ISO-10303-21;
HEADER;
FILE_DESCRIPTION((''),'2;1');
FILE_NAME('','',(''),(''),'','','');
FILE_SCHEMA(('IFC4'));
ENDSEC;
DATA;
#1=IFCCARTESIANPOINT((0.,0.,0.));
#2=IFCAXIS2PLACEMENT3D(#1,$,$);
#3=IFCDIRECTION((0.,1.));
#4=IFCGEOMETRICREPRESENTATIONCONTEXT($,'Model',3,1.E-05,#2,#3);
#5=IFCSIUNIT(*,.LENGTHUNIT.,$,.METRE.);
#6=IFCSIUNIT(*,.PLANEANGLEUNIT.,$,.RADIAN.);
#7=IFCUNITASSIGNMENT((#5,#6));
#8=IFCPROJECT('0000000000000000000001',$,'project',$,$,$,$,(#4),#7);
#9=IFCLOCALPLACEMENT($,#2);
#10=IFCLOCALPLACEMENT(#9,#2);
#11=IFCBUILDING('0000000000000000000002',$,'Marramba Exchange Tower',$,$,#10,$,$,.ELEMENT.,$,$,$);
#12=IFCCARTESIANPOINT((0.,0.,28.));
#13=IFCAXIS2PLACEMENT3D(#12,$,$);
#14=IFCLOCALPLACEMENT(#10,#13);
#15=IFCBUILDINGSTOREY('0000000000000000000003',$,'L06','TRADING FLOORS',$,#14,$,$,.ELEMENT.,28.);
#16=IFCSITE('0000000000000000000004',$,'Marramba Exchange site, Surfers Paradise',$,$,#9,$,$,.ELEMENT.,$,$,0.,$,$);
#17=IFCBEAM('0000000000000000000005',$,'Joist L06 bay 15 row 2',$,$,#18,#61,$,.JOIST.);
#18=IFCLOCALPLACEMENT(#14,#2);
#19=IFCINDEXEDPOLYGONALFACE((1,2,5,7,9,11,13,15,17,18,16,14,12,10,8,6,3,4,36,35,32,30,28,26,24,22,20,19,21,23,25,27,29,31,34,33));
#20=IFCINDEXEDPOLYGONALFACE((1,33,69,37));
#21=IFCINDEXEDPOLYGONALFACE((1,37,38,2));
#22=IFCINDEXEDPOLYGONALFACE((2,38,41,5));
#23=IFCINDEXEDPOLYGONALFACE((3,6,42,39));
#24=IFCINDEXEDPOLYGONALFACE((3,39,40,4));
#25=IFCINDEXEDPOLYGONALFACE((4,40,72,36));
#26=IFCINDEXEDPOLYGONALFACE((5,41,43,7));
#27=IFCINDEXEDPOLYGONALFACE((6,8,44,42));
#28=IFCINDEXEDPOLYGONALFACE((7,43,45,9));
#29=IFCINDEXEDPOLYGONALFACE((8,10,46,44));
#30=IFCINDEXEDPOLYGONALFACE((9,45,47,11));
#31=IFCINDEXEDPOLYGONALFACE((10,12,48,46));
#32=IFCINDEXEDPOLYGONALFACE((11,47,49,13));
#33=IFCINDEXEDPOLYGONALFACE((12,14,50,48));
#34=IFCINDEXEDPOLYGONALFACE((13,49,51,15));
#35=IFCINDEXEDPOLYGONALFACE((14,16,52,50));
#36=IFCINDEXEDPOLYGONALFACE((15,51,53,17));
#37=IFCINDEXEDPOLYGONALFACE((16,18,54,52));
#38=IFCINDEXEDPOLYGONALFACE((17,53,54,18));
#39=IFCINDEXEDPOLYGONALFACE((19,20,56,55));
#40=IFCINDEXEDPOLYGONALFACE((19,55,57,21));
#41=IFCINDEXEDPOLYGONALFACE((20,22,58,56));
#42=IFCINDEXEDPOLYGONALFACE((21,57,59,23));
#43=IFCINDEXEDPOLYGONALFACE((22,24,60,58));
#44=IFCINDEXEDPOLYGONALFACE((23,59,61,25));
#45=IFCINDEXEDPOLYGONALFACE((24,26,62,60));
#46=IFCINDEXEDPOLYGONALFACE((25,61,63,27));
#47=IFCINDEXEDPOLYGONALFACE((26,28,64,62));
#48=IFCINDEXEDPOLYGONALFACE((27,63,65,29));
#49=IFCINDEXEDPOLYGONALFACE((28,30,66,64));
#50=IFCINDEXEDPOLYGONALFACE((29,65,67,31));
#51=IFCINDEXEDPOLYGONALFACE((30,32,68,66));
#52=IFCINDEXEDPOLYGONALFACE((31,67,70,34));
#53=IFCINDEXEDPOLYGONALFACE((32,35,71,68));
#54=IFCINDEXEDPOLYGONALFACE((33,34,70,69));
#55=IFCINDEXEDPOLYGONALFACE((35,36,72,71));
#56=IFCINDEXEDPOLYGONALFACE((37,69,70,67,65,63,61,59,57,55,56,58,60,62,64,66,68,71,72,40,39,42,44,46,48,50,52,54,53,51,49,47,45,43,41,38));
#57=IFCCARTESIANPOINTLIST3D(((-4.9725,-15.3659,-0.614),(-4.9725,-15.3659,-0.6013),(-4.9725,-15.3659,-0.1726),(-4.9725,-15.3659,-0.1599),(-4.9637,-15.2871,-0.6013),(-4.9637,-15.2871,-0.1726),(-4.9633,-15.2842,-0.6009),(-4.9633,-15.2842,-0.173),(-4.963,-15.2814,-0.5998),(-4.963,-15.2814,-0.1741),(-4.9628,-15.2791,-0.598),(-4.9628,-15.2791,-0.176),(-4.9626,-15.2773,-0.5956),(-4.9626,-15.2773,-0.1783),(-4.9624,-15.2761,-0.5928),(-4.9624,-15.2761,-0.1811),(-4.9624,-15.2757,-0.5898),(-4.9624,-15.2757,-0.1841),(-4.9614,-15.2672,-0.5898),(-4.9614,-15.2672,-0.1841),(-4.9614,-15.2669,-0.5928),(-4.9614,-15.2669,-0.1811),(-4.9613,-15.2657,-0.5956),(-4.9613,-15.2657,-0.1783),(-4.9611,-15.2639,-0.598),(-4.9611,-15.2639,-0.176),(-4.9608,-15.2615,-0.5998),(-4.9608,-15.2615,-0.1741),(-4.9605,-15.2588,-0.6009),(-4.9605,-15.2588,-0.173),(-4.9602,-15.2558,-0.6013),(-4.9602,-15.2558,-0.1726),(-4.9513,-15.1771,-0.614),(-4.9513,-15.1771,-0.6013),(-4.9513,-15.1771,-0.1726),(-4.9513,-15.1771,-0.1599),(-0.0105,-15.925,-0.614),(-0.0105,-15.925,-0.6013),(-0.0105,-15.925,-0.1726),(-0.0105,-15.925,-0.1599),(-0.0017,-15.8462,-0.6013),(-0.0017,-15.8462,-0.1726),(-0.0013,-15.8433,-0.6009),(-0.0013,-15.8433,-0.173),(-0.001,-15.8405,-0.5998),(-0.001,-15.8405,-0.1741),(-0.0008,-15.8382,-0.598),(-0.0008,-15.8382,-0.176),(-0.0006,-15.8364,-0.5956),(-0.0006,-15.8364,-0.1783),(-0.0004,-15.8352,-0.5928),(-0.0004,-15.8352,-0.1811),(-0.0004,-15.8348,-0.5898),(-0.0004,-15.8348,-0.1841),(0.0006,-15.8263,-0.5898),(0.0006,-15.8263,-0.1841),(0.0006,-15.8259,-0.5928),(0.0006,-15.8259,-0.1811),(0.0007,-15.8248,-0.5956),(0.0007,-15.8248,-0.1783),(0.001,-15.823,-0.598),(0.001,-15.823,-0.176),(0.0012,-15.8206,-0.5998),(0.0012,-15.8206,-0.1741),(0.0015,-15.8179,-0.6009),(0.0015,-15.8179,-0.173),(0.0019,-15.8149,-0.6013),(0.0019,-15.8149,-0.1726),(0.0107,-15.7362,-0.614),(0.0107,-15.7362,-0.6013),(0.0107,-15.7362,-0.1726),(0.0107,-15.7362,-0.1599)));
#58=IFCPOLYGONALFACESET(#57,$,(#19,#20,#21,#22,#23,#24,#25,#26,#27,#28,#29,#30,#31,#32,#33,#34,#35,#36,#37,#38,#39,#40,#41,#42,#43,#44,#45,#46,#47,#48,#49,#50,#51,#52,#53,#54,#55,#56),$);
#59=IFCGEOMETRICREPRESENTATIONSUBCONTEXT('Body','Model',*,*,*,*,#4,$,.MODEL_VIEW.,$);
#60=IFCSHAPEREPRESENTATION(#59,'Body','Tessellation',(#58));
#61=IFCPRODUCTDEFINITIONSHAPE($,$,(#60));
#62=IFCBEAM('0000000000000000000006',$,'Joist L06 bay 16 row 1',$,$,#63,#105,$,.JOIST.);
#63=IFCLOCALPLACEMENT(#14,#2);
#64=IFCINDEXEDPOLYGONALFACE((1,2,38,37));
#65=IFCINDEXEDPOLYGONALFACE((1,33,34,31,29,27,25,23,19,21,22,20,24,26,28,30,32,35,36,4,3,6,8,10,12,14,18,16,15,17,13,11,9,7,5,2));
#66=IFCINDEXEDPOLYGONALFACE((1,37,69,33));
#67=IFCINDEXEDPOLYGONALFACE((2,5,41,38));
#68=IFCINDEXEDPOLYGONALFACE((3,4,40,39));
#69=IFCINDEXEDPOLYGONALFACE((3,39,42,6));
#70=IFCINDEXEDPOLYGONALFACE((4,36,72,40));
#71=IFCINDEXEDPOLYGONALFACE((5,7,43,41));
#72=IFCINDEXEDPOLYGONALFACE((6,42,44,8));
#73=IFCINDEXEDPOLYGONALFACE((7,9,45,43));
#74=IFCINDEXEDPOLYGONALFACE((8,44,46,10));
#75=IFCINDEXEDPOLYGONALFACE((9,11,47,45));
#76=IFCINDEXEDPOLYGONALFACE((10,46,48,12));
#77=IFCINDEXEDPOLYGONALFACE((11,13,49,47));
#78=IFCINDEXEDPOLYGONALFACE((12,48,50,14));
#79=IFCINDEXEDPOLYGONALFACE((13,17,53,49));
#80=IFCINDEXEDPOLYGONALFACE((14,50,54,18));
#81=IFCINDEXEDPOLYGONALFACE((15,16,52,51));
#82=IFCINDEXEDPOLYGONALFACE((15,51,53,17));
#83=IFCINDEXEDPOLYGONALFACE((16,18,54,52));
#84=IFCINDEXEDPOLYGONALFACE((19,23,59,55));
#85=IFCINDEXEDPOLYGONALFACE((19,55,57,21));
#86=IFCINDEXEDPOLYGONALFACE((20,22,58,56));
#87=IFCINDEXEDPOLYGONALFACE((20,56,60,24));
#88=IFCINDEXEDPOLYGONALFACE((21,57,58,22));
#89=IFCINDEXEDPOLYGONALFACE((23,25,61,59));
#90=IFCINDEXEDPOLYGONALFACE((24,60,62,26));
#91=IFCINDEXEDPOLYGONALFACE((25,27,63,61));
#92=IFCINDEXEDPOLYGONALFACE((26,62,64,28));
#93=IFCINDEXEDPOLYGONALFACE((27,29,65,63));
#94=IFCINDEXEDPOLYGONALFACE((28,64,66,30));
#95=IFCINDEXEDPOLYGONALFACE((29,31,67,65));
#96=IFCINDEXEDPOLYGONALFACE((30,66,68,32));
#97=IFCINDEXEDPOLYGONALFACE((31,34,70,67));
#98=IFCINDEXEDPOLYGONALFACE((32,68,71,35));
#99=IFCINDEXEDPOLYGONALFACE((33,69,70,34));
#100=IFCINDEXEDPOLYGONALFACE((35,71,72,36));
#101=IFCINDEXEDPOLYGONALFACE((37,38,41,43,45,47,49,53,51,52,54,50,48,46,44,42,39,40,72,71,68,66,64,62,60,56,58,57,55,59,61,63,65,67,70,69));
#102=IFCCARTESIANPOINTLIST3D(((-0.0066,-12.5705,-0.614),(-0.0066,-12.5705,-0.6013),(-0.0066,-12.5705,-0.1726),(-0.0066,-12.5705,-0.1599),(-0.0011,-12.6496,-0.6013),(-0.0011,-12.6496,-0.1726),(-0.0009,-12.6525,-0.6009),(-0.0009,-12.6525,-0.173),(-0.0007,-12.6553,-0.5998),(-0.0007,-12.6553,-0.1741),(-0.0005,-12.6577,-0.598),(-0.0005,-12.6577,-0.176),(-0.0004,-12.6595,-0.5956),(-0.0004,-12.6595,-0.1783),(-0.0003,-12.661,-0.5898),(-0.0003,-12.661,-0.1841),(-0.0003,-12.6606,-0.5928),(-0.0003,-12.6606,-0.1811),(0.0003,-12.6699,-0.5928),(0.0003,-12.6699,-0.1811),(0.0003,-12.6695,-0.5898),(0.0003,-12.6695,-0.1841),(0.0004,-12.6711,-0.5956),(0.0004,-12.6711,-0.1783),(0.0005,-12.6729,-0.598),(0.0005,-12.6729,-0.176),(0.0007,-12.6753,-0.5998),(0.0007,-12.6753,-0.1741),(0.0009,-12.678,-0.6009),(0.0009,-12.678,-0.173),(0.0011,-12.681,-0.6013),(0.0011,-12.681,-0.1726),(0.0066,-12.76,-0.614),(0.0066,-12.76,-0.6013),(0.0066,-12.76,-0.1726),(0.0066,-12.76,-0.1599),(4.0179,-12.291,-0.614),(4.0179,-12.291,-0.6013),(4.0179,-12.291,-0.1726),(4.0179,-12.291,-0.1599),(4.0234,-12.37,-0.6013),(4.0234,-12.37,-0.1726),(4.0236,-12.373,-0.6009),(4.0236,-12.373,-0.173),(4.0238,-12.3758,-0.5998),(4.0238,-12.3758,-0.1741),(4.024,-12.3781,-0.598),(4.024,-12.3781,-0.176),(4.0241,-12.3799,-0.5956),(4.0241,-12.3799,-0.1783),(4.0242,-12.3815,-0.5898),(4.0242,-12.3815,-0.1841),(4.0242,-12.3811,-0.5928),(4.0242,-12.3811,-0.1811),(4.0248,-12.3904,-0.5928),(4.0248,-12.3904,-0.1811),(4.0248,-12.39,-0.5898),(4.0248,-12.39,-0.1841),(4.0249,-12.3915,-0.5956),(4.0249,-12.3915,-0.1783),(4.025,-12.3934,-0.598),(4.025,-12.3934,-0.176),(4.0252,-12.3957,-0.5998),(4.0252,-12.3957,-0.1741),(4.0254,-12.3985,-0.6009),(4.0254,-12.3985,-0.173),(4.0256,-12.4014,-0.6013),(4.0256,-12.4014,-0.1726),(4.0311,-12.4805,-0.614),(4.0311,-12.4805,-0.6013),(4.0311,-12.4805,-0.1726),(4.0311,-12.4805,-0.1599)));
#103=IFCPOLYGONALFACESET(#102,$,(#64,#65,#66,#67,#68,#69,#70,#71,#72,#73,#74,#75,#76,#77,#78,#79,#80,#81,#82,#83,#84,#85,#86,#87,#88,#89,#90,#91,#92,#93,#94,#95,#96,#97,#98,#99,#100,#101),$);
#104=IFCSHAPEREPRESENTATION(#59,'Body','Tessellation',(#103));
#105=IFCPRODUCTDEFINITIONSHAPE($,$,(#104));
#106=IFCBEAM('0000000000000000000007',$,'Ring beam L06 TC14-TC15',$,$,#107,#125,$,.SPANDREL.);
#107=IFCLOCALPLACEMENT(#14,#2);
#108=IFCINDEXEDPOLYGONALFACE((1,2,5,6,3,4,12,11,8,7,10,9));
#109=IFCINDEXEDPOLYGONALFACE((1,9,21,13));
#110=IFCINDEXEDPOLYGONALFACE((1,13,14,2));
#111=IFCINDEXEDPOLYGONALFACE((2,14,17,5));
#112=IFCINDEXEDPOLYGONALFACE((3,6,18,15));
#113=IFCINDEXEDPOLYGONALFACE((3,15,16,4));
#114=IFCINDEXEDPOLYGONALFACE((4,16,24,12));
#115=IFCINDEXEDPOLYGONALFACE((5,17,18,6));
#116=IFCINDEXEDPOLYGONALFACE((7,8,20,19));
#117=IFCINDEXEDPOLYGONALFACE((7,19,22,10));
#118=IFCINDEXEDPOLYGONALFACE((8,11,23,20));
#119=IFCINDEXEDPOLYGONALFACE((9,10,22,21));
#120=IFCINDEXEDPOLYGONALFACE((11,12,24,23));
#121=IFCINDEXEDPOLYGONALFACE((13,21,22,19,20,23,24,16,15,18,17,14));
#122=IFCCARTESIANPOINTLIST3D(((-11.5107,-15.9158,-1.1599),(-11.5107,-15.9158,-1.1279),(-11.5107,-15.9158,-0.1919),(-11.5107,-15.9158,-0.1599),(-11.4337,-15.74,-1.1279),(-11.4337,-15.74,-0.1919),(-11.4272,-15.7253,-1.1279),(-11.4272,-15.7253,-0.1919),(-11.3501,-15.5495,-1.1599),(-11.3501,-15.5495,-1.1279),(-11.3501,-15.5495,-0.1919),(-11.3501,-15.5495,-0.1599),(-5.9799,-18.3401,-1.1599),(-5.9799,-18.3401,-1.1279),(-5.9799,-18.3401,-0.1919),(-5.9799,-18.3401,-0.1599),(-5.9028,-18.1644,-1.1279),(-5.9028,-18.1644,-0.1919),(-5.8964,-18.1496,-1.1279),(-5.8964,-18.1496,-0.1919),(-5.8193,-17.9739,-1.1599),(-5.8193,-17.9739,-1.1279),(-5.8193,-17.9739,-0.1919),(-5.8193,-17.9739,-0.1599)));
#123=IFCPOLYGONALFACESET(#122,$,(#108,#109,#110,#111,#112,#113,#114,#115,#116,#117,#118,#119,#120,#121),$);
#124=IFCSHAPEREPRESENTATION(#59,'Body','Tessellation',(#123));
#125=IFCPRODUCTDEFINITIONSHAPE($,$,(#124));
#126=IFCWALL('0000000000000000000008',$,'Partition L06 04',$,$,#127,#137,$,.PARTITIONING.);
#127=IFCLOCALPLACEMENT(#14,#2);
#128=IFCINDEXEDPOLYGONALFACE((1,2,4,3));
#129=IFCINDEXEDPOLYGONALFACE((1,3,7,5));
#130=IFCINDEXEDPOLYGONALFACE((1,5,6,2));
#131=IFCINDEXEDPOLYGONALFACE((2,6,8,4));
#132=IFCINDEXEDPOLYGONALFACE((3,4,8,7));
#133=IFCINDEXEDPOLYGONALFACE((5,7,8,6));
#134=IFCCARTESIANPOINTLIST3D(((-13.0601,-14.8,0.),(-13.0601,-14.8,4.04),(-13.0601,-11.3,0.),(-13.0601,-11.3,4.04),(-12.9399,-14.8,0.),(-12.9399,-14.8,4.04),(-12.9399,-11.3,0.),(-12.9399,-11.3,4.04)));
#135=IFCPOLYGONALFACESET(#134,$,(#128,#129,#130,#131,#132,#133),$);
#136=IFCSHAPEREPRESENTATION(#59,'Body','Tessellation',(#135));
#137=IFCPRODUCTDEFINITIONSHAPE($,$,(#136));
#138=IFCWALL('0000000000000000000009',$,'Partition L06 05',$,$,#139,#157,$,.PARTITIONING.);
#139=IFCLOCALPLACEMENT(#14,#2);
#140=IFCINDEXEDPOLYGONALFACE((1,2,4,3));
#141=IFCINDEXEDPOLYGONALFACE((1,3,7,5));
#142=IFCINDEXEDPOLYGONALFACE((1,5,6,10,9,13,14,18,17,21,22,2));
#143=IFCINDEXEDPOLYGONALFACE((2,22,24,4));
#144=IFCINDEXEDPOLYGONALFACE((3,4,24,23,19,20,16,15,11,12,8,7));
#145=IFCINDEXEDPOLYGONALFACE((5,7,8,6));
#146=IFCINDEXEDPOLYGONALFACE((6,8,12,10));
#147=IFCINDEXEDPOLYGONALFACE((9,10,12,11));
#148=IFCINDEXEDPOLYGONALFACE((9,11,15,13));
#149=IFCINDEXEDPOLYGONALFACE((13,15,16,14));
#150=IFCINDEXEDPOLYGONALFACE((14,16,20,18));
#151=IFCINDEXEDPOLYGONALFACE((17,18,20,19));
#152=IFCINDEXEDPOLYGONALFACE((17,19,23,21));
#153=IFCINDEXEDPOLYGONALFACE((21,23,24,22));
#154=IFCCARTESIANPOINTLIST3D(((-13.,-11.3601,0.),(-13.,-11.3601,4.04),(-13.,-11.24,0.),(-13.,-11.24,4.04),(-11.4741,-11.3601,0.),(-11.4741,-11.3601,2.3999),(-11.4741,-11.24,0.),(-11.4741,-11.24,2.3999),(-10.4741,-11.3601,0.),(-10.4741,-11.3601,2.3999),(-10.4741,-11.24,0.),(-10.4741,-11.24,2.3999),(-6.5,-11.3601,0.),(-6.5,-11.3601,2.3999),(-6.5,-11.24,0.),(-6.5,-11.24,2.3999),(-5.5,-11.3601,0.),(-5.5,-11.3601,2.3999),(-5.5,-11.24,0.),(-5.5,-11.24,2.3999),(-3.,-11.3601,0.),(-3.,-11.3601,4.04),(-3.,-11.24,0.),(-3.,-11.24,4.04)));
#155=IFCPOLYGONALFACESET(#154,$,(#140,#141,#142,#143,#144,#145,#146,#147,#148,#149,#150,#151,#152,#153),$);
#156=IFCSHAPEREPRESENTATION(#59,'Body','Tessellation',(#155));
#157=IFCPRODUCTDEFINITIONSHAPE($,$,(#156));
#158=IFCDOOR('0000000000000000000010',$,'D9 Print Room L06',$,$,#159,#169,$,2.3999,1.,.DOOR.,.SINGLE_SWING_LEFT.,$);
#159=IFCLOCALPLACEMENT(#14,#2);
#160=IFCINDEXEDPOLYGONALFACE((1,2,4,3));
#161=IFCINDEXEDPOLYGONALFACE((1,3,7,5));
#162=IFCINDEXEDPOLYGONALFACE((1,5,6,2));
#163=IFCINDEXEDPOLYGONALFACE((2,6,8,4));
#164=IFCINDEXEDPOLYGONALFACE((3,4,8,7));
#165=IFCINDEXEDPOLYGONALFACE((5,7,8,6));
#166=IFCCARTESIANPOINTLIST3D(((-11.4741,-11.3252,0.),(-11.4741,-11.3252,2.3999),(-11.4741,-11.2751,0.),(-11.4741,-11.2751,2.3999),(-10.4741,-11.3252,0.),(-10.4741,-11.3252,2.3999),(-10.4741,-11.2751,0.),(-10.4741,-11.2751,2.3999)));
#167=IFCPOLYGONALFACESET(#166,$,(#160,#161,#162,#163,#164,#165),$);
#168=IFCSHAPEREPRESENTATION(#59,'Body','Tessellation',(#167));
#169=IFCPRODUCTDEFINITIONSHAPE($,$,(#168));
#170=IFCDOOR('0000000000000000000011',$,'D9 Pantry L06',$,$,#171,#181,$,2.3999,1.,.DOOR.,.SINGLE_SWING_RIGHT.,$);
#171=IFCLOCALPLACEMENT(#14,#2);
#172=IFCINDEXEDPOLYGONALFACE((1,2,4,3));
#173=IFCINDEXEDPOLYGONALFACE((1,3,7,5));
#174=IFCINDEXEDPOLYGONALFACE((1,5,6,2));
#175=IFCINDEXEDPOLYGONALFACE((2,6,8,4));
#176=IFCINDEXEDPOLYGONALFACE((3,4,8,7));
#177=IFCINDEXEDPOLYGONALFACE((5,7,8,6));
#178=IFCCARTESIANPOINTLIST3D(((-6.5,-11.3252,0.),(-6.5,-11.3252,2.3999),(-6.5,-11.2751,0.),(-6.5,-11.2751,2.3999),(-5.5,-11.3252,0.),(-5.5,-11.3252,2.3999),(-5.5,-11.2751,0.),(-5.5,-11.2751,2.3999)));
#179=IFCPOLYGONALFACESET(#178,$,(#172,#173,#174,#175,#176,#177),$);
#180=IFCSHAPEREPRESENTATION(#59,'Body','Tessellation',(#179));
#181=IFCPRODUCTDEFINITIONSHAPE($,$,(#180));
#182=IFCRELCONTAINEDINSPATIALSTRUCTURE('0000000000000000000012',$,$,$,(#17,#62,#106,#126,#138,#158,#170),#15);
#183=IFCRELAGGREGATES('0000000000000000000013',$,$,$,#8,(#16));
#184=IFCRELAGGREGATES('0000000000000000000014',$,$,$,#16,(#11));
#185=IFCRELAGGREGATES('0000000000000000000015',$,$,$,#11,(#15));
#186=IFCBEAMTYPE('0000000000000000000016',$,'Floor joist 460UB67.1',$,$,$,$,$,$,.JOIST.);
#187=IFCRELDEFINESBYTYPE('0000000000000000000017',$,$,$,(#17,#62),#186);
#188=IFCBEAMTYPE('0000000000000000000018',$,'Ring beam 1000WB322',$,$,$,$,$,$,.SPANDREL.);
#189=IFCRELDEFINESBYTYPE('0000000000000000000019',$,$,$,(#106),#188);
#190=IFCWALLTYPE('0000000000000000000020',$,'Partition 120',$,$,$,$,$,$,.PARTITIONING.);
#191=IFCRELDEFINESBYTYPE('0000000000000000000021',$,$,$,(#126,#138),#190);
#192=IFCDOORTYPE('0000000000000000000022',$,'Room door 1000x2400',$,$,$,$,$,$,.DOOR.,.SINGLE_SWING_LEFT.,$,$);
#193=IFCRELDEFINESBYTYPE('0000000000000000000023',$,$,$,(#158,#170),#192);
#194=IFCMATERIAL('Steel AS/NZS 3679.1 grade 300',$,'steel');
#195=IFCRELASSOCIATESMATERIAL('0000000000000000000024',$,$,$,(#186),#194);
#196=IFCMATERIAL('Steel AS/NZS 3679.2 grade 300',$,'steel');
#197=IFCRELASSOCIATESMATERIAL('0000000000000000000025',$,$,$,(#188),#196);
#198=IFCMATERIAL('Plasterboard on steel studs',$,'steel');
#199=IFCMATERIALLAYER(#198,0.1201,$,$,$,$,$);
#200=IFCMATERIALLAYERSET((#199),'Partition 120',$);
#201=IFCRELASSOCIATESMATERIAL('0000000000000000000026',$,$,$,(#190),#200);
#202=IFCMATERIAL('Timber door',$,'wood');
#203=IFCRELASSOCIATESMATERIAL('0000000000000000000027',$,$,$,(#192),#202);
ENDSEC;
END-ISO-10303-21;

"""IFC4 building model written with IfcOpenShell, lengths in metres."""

from ifc_helpers import new_model, si_unit, direction, frame, frame_2d, origin, origin_2d, place, context, subcontext, project, spatial, rectangle, i_section, extrude, material, layer, layer_set, material_profile, profile_set, type_object, element, fill, save


model = new_model("IFC4")

# Units and contexts
model_context = context("Model", 3, precision=1e-05, world=origin(), true_north=direction((0.0, 1.0)))
body_context = subcontext(model_context, "Body", "Model", "MODEL_VIEW")
ifc_project = project(units=[si_unit("LENGTHUNIT", "METRE"), si_unit("PLANEANGLEUNIT", "RADIAN")], contexts=[model_context])

# Site, building, storey
site_placement = place(None, origin())
site = spatial("IfcSite", under=ifc_project, at=site_placement, Name="Marramba Exchange site, Surfers Paradise", CompositionType="ELEMENT", RefElevation=0.0)
building_placement = place(site_placement, origin())
building = spatial("IfcBuilding", under=site, at=building_placement, Name="Marramba Exchange Tower", CompositionType="ELEMENT")
storey_placement = place(building_placement, frame((0.0, 0.0, 28.0)))
storey = spatial("IfcBuildingStorey", under=building, at=storey_placement, Name="L06", Description="TRADING FLOORS", CompositionType="ELEMENT", Elevation=28.0)

# Beams
ifc_material_1 = material(Name="Steel AS/NZS 3679.2 grade 300", Category="steel")
ifc_material_2 = material(Name="Steel AS/NZS 3679.1 grade 300", Category="steel")
ifc_material_profile_1 = material_profile(ifc_material_2, i_section(OverallWidth=0.1899, OverallDepth=0.4541, WebThickness=0.0085, FlangeThickness=0.0127, FilletRadius=0.0115, at=origin_2d()), Name="460UB67.1")
ifc_profile_set_1 = profile_set([ifc_material_profile_1], Name="Steel AS/NZS 3679.1 grade 300")
beam_type_1 = type_object("IfcBeamType", Name="Floor joist 460UB67.1", PredefinedType="JOIST", material=ifc_profile_set_1)
beam_1_placement = place(storey_placement, frame((-4.9619, -15.2715, -0.387), z_axis=(0.993712, -0.111966, 0.0), x_axis=(0.111966, 0.993712, 0.0)))
element("IfcBeam", 1, at=beam_1_placement, inside=storey, type_object=beam_type_1, Name="Joist L06 bay 15 row 2", PredefinedType="JOIST", context=body_context, shape_type="SweptSolid", body=[
    extrude(i_section(OverallWidth=0.1899, OverallDepth=0.4541, WebThickness=0.0085, FlangeThickness=0.0127, FilletRadius=0.0115, at=origin_2d()), origin(), (0.0, 0.0, 1.0), 4.9934),
])
beam_2_placement = place(storey_placement, frame((0.0, -12.6653, -0.387), z_axis=(0.997596, 0.069294, 0.0), x_axis=(-0.069294, 0.997596, 0.0)))
element("IfcBeam", 2, at=beam_2_placement, inside=storey, type_object=beam_type_1, Name="Joist L06 bay 16 row 1", PredefinedType="JOIST", context=body_context, shape_type="SweptSolid", body=[
    extrude(i_section(OverallWidth=0.1899, OverallDepth=0.4541, WebThickness=0.0085, FlangeThickness=0.0127, FilletRadius=0.0115, at=origin_2d()), origin(), (0.0, 0.0, 1.0), 4.0342),
])
ifc_material_profile_2 = material_profile(ifc_material_1, i_section(OverallWidth=0.3999, OverallDepth=1.0, WebThickness=0.0161, FlangeThickness=0.032, at=origin_2d()), Name="1000WB322")
ifc_profile_set_2 = profile_set([ifc_material_profile_2], Name="Steel AS/NZS 3679.2 grade 300")
beam_type_2 = type_object("IfcBeamType", Name="Ring beam 1000WB322", PredefinedType="SPANDREL", material=ifc_profile_set_2)
beam_3_placement = place(storey_placement, frame((-11.4304, -15.7327, -0.6599), z_axis=(0.915877, -0.401459, 0.0), x_axis=(0.401459, 0.915877, 0.0)))
element("IfcBeam", 3, at=beam_3_placement, inside=storey, type_object=beam_type_2, Name="Ring beam L06 TC14-TC15", PredefinedType="SPANDREL", context=body_context, shape_type="SweptSolid", body=[
    extrude(i_section(OverallWidth=0.3999, OverallDepth=1.0, WebThickness=0.0161, FlangeThickness=0.032, at=origin_2d()), origin(), (0.0, 0.0, 1.0), 6.0388),
])

# Wall
ifc_material_3 = material(Name="Plasterboard on steel studs", Category="steel")
ifc_layer = layer(ifc_material_3, 0.1201)
ifc_layer_set = layer_set([ifc_layer], Name="Partition 120")
wall_type = type_object("IfcWallType", Name="Partition 120", PredefinedType="PARTITIONING", material=ifc_layer_set)
wall_1_placement = place(storey_placement, frame((-13.0, -14.8, 0.0), z_axis=(0.0, 0.0, 1.0), x_axis=(0.0, 1.0, 0.0)))
element("IfcWall", 4, at=wall_1_placement, inside=storey, type_object=wall_type, Name="Partition L06 04", PredefinedType="PARTITIONING", context=body_context, shape_type="SweptSolid", body=[
    extrude(rectangle(XDim=3.5, YDim=0.1201, at=frame_2d((1.75, 0.0))), origin(), (0.0, 0.0, 1.0), 4.04),
])

# Wall, openings, doors
wall_2_placement = place(storey_placement, frame((-13.0, -11.3, 0.0), z_axis=(0.0, 0.0, 1.0), x_axis=(1.0, 0.0, 0.0)))
wall_2 = element("IfcWall", 5, at=wall_2_placement, inside=storey, type_object=wall_type, Name="Partition L06 05", PredefinedType="PARTITIONING", context=body_context, shape_type="SweptSolid", body=[
    extrude(rectangle(XDim=10.0, YDim=0.1201, at=frame_2d((5.0, 0.0))), origin(), (0.0, 0.0, 1.0), 4.04),
])
opening_1_placement = place(wall_2_placement, frame((1.5259, 0.0, 0.0)))
opening_1 = element("IfcOpeningElement", 6, at=opening_1_placement, cuts=wall_2, PredefinedType="OPENING", context=body_context, shape_type="SweptSolid", body=[
    extrude(rectangle(XDim=1.0, YDim=2.3999, at=frame_2d((0.5, 1.2))), frame((0.0, 0.0701, 0.0), z_axis=(0.0, -1.0, 0.0), x_axis=(1.0, 0.0, 0.0)), (0.0, 0.0, 1.0), 0.1401),
])
opening_2_placement = place(wall_2_placement, frame((6.5, 0.0, 0.0)))
opening_2 = element("IfcOpeningElement", 7, at=opening_2_placement, cuts=wall_2, PredefinedType="OPENING", context=body_context, shape_type="SweptSolid", body=[
    extrude(rectangle(XDim=1.0, YDim=2.3999, at=frame_2d((0.5, 1.2))), frame((0.0, 0.0701, 0.0), z_axis=(0.0, -1.0, 0.0), x_axis=(1.0, 0.0, 0.0)), (0.0, 0.0, 1.0), 0.1401),
])
ifc_material_4 = material(Name="Timber door", Category="wood")
door_type = type_object("IfcDoorType", Name="Room door 1000x2400", OperationType="SINGLE_SWING_LEFT", PredefinedType="DOOR", material=ifc_material_4)
door_1_placement = place(opening_1_placement, frame((1.0, 0.0, 0.0), z_axis=(0.0, 0.0, 1.0), x_axis=(-1.0, 0.0, 0.0)))
door_1 = element("IfcDoor", 8, at=door_1_placement, inside=storey, type_object=door_type, Name="D9 Print Room L06", OperationType="SINGLE_SWING_LEFT", OverallHeight=2.3999, OverallWidth=1.0, PredefinedType="DOOR", context=body_context, shape_type="SweptSolid", body=[
    extrude(rectangle(XDim=1.0, YDim=2.3999, at=frame_2d((0.5, 1.2))), frame((0.0, 0.0251, 0.0), z_axis=(0.0, -1.0, 0.0), x_axis=(1.0, 0.0, 0.0)), (0.0, 0.0, 1.0), 0.05),
])
fill(opening_1, door_1)
door_2_placement = place(opening_2_placement, frame((1.0, 0.0, 0.0), z_axis=(0.0, 0.0, 1.0), x_axis=(-1.0, 0.0, 0.0)))
door_2 = element("IfcDoor", 9, at=door_2_placement, inside=storey, type_object=door_type, Name="D9 Pantry L06", OperationType="SINGLE_SWING_RIGHT", OverallHeight=2.3999, OverallWidth=1.0, PredefinedType="DOOR", context=body_context, shape_type="SweptSolid", body=[
    extrude(rectangle(XDim=1.0, YDim=2.3999, at=frame_2d((0.5, 1.2))), frame((0.0, 0.0251, 0.0), z_axis=(0.0, -1.0, 0.0), x_axis=(1.0, 0.0, 0.0)), (0.0, 0.0, 1.0), 0.05),
])
fill(opening_2, door_2)

save(model, "model.ifc")
